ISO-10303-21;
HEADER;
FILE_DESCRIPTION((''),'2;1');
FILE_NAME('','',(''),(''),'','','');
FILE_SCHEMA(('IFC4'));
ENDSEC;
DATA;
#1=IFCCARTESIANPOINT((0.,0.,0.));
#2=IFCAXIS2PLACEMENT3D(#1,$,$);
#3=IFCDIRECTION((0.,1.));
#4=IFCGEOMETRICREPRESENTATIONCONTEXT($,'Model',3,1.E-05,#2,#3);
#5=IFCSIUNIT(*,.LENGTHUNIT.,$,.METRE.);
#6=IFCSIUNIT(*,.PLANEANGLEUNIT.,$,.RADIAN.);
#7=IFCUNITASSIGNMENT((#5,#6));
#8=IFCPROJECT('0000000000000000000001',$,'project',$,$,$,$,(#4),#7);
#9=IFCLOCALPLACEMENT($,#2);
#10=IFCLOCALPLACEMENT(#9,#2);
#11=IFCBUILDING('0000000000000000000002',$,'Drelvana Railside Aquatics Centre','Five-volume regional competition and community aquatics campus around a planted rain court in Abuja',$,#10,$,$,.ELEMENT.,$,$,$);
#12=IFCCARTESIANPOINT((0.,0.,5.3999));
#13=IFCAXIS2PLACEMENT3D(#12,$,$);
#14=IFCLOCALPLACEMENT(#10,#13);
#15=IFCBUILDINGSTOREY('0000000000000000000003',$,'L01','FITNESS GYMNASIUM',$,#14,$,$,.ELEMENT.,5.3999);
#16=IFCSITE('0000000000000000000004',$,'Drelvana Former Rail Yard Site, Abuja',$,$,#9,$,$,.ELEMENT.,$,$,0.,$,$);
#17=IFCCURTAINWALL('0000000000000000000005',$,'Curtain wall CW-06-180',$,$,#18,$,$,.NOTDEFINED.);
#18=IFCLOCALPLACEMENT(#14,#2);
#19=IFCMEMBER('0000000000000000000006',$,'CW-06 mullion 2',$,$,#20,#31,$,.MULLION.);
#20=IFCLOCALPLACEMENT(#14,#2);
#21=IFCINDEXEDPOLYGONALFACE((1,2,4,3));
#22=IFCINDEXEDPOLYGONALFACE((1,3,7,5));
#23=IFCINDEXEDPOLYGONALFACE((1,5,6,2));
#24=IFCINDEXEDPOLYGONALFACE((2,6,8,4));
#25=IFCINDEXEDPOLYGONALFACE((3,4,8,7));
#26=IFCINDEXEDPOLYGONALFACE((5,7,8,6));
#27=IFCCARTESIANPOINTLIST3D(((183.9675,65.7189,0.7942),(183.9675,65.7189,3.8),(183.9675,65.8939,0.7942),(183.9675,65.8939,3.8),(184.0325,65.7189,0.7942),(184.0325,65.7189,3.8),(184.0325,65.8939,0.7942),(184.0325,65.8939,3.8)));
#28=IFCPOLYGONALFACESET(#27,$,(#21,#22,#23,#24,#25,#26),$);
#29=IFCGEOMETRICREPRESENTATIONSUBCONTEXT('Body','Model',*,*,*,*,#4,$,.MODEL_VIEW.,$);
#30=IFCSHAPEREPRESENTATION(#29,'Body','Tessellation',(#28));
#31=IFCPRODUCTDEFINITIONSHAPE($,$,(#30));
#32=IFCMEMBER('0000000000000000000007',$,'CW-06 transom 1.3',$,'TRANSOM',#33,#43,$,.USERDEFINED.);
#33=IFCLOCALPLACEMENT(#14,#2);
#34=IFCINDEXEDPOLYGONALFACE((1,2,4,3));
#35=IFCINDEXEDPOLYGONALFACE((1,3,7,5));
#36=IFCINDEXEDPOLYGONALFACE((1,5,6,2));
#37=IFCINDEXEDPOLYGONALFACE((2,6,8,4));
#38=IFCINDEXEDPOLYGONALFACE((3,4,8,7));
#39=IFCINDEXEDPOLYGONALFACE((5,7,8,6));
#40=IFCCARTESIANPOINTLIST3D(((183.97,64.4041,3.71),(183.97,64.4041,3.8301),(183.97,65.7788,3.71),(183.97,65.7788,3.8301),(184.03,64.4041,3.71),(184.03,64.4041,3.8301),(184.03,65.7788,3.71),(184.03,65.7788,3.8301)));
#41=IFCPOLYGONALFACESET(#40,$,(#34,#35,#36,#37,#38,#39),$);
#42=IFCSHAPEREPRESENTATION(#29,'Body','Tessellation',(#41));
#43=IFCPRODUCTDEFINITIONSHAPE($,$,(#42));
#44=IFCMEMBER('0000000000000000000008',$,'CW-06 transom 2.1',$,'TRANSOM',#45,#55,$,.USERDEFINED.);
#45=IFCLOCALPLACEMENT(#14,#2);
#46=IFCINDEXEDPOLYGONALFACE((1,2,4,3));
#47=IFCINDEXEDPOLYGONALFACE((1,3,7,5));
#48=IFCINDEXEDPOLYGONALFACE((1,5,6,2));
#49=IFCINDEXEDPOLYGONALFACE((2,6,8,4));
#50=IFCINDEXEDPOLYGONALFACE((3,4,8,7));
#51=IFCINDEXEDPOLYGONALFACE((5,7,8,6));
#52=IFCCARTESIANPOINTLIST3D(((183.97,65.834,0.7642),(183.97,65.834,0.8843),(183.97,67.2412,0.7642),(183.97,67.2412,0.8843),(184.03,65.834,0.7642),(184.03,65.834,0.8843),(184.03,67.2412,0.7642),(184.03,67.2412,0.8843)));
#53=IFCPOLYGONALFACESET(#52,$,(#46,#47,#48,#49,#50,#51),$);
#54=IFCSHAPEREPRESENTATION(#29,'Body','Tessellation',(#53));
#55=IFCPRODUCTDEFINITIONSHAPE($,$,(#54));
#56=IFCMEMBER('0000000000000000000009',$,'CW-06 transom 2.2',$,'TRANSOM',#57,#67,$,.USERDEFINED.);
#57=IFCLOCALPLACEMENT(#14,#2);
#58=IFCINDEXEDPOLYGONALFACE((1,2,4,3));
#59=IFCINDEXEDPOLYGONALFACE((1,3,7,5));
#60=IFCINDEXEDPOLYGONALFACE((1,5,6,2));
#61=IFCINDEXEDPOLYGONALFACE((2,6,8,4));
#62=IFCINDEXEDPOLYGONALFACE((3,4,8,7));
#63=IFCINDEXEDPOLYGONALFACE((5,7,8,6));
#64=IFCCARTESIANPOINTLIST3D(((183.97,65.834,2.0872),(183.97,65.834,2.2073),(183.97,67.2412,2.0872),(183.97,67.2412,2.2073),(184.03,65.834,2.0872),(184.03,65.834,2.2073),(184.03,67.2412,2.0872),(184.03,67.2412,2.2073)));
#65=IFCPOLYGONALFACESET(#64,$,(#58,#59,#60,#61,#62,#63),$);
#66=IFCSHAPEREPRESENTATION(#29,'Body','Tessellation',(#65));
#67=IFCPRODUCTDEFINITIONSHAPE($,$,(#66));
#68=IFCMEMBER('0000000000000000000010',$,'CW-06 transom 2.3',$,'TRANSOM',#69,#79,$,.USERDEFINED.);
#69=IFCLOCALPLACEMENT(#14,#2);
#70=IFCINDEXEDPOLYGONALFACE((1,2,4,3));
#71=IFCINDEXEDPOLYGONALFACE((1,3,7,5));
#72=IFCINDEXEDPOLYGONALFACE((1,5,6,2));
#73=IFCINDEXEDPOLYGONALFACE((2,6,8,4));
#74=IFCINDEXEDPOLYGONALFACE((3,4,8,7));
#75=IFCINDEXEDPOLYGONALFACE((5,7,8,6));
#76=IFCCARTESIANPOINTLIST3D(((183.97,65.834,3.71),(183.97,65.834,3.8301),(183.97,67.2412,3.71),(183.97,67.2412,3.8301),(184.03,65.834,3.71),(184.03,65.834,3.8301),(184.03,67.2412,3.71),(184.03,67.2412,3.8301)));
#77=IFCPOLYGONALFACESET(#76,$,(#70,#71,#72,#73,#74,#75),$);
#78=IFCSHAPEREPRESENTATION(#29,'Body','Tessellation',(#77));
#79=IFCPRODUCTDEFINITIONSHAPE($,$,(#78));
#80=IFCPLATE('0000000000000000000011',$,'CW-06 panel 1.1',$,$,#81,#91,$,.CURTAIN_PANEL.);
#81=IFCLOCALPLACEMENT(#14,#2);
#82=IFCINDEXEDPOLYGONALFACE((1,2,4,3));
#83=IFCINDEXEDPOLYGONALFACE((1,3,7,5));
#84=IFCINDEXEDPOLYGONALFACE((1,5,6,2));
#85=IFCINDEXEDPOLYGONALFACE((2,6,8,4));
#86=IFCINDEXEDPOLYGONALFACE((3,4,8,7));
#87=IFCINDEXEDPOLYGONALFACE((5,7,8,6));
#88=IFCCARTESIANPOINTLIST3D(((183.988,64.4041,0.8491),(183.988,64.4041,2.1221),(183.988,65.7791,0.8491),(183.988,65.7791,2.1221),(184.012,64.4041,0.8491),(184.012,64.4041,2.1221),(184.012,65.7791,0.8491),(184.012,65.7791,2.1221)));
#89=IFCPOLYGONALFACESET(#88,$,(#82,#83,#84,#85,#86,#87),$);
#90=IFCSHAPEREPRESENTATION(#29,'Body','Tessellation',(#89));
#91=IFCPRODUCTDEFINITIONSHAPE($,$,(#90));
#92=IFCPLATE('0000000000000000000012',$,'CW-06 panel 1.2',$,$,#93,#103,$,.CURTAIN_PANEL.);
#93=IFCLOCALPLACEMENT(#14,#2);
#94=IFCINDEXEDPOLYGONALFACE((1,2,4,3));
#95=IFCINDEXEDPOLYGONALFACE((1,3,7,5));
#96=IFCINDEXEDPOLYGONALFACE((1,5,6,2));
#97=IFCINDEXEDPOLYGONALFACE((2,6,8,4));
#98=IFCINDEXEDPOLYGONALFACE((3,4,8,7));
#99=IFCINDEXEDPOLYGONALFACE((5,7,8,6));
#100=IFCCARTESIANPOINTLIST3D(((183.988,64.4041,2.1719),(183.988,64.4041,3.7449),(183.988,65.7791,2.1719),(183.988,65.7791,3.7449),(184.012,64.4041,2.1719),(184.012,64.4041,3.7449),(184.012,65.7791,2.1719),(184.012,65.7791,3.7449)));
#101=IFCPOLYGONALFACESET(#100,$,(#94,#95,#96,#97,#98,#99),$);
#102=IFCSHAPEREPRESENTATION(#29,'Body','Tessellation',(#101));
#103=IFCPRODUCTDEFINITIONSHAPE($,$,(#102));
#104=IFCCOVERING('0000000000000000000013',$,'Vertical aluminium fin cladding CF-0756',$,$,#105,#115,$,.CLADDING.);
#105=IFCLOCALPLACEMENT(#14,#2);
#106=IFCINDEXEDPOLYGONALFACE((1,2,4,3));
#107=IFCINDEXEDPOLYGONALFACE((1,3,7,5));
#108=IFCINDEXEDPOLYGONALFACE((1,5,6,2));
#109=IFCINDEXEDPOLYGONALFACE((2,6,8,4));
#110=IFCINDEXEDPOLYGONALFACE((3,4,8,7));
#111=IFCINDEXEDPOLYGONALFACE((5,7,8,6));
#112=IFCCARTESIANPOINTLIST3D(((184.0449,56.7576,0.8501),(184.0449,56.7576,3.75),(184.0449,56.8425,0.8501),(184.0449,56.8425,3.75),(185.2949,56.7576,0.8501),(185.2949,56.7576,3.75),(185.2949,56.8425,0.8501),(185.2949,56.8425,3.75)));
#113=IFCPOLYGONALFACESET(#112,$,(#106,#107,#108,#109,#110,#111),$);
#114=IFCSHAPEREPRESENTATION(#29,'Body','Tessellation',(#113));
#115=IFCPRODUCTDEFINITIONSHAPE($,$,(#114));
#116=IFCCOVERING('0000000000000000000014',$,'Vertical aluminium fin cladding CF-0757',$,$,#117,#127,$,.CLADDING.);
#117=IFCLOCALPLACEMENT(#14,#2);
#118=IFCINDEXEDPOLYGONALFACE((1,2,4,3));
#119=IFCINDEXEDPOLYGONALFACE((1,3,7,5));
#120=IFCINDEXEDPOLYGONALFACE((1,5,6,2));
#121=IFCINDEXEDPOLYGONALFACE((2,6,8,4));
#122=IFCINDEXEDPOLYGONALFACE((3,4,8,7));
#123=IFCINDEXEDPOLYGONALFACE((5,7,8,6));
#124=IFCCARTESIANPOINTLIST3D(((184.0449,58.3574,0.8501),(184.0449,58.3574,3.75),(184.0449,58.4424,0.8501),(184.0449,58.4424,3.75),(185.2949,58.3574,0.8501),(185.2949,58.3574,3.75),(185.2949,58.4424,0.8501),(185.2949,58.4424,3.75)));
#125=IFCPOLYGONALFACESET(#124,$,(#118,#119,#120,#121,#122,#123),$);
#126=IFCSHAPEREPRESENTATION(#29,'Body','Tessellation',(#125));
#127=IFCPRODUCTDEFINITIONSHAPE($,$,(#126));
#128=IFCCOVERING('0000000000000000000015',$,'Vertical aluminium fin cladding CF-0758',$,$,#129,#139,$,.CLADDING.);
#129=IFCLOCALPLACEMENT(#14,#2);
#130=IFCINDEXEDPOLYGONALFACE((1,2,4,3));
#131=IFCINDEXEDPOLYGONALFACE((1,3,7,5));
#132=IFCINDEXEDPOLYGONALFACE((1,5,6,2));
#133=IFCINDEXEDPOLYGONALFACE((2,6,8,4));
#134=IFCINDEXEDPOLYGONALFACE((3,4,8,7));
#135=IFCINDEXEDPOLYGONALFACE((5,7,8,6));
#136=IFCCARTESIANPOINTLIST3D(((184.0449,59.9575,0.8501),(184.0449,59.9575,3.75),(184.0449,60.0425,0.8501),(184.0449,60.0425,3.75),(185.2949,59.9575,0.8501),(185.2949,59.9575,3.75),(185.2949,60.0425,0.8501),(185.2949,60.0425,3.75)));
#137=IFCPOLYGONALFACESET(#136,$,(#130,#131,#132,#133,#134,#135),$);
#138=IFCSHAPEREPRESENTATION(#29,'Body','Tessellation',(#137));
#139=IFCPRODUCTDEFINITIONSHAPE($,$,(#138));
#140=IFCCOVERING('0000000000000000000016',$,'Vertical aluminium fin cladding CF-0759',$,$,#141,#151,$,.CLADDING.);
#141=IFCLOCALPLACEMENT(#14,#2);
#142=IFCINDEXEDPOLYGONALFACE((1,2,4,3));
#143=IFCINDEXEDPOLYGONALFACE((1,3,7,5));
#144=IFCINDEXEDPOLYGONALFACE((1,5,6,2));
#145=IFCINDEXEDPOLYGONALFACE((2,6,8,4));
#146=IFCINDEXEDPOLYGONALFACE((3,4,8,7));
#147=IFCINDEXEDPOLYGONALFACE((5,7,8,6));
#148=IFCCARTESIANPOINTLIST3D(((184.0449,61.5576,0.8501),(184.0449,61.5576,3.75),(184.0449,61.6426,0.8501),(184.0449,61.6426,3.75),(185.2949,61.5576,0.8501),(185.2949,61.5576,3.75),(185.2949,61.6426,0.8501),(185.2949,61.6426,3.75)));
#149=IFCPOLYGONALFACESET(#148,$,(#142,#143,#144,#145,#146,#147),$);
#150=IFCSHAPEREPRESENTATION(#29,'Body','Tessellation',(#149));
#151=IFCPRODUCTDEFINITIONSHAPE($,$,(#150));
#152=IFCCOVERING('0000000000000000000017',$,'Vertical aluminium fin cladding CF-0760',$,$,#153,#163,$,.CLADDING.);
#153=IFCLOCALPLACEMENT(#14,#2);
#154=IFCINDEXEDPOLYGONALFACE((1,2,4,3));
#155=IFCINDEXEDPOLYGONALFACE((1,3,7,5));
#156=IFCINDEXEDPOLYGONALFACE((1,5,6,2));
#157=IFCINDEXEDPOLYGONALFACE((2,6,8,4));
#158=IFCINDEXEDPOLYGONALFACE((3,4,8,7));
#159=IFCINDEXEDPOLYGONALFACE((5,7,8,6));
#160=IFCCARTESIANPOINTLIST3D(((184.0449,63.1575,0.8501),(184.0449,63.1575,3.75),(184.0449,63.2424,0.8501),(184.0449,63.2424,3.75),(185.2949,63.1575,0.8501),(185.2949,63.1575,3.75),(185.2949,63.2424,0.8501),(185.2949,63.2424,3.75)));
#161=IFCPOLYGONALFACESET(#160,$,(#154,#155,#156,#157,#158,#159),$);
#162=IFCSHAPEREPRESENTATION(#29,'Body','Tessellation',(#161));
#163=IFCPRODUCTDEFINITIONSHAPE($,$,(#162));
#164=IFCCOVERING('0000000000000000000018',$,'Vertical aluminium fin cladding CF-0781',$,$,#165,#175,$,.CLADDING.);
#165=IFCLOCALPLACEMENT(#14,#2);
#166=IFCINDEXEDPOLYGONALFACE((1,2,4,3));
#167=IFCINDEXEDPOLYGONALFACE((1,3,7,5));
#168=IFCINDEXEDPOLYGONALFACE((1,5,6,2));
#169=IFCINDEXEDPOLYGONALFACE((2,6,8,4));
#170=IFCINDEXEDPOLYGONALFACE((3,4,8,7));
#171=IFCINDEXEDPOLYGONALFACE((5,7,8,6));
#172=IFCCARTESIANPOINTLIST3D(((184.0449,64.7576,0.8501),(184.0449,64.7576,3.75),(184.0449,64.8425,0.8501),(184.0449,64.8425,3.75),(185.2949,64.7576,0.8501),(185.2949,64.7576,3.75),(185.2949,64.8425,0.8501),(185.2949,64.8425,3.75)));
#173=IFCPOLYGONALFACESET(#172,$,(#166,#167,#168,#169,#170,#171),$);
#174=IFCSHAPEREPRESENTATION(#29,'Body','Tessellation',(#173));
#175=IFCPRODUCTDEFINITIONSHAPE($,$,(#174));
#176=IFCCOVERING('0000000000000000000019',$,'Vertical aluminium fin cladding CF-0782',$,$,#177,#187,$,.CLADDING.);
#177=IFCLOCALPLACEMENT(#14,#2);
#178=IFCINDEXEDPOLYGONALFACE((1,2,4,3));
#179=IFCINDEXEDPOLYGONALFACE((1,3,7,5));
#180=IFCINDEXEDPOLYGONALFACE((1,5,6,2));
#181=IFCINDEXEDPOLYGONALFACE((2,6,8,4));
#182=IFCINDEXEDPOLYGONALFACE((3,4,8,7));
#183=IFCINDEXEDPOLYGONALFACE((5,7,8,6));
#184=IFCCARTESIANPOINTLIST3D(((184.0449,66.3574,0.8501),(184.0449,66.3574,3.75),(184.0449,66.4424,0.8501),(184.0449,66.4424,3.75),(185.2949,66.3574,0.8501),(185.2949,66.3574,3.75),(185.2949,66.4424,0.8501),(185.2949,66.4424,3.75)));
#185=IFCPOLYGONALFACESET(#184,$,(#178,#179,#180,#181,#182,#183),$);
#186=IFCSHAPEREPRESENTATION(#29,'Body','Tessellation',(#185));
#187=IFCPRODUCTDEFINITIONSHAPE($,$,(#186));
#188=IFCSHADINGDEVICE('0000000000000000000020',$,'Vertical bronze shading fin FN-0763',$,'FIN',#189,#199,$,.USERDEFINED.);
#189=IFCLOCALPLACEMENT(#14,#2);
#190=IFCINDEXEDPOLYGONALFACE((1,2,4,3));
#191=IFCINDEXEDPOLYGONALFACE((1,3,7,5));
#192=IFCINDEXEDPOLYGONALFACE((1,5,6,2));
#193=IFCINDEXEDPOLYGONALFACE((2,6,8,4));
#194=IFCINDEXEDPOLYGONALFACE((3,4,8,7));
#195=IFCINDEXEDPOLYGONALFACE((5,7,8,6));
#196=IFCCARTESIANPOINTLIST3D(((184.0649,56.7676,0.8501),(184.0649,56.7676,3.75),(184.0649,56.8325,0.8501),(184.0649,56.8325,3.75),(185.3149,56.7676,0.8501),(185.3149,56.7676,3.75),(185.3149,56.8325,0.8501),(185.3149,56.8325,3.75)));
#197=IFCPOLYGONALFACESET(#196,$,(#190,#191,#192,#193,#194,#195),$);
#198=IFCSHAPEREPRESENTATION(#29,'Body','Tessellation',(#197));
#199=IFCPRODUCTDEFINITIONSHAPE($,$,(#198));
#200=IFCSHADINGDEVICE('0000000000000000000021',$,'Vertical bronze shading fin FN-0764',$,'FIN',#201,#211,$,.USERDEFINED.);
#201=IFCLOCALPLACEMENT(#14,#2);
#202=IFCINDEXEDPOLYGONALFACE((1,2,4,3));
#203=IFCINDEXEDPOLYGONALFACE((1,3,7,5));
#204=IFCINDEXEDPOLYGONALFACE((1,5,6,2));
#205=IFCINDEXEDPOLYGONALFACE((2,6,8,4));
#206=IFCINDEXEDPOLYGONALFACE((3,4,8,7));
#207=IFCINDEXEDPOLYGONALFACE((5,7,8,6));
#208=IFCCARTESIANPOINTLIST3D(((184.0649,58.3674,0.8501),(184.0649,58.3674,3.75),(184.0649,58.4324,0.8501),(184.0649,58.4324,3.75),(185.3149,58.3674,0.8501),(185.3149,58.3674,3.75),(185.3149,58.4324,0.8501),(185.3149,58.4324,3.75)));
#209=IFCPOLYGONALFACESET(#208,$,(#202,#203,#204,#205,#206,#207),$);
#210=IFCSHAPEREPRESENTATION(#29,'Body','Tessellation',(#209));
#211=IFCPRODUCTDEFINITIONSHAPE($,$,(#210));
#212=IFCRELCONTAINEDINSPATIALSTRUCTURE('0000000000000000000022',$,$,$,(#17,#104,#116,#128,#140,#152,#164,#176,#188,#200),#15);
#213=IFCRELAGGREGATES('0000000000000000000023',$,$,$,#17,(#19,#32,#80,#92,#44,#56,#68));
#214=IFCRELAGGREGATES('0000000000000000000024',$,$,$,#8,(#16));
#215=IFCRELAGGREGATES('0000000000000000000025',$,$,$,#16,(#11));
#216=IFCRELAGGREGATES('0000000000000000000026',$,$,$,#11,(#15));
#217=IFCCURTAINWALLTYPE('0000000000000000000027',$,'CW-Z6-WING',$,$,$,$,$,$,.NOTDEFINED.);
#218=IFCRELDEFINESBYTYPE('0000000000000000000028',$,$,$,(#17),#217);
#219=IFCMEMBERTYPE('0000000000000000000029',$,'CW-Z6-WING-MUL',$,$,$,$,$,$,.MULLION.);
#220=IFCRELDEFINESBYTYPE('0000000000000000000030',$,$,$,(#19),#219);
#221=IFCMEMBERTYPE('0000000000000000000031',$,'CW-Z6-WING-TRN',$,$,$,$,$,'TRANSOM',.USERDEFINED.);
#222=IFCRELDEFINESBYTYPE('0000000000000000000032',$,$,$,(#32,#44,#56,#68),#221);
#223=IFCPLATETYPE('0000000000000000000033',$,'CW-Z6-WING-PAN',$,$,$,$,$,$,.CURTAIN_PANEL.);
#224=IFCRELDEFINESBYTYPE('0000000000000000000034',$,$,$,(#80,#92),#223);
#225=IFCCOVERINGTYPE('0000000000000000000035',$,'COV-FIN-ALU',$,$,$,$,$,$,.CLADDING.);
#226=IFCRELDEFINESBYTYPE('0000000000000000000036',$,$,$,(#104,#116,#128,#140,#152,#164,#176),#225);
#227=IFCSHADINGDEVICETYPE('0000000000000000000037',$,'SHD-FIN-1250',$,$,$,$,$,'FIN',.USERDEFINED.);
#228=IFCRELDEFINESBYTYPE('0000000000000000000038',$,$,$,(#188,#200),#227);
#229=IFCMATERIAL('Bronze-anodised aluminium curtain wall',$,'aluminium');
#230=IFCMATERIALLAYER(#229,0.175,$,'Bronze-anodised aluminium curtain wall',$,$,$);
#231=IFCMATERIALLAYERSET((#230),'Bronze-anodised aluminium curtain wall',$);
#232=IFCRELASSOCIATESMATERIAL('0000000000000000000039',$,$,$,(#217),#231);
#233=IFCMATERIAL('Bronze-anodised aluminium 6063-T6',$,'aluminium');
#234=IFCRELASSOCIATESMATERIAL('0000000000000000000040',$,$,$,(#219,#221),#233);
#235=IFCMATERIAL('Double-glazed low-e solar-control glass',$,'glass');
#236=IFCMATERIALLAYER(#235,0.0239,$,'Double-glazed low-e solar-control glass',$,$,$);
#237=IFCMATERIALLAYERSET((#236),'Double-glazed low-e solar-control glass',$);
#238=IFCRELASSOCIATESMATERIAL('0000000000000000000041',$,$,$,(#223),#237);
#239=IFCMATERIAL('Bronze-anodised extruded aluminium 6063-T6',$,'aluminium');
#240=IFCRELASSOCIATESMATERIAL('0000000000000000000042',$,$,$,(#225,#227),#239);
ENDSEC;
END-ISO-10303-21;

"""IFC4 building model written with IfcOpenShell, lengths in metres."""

from ifc_helpers import new_model, si_unit, direction, frame, origin, origin_2d, place, context, subcontext, project, spatial, rectangle, extrude, material, layer, layer_set, material_profile, profile_set, type_object, element, aggregate, save


model = new_model("IFC4")

# Units and contexts
model_context = context("Model", 3, precision=1e-05, world=origin(), true_north=direction((0.0, 1.0)))
body_context = subcontext(model_context, "Body", "Model", "MODEL_VIEW")
ifc_project = project(units=[si_unit("LENGTHUNIT", "METRE"), si_unit("PLANEANGLEUNIT", "RADIAN")], contexts=[model_context])

# Site, building, storey
site_placement = place(None, origin())
site = spatial("IfcSite", under=ifc_project, at=site_placement, Name="Drelvana Former Rail Yard Site, Abuja", CompositionType="ELEMENT", RefElevation=0.0)
building_placement = place(site_placement, origin())
building = spatial("IfcBuilding", under=site, at=building_placement, Name="Drelvana Railside Aquatics Centre", Description="Five-volume regional competition and community aquatics campus around a planted rain court in Abuja", CompositionType="ELEMENT")
storey_placement = place(building_placement, frame((0.0, 0.0, 5.3999)))
storey = spatial("IfcBuildingStorey", under=building, at=storey_placement, Name="L01", Description="FITNESS GYMNASIUM", CompositionType="ELEMENT", Elevation=5.3999)

# Curtain wall, members, plates
ifc_material_1 = material(Name="Bronze-anodised aluminium curtain wall", Category="aluminium")
ifc_layer_1 = layer(ifc_material_1, 0.175, Name="Bronze-anodised aluminium curtain wall")
ifc_layer_set_1 = layer_set([ifc_layer_1], Name="Bronze-anodised aluminium curtain wall")
curtain_wall_type = type_object("IfcCurtainWallType", Name="CW-Z6-WING", PredefinedType="NOTDEFINED", material=ifc_layer_set_1)
curtain_wall_placement = place(storey_placement, origin())
curtain_wall = element("IfcCurtainWall", 1, at=curtain_wall_placement, inside=storey, type_object=curtain_wall_type, Name="Curtain wall CW-06-180", PredefinedType="NOTDEFINED")
ifc_material_2 = material(Name="Bronze-anodised aluminium 6063-T6", Category="aluminium")
ifc_material_profile_1 = material_profile(ifc_material_2, rectangle(XDim=0.0649, YDim=0.175, at=origin_2d()), Name="ALU-M 65x175")
ifc_profile_set_1 = profile_set([ifc_material_profile_1], Name="Bronze-anodised aluminium 6063-T6")
member_type_1 = type_object("IfcMemberType", Name="CW-Z6-WING-MUL", PredefinedType="MULLION", material=ifc_profile_set_1)
member_1_placement = place(storey_placement, frame((184.0, 65.8064, 0.7942), z_axis=(0.0, 0.0, 1.0), x_axis=(-1.0, 0.0, 0.0)))
member_1 = element("IfcMember", 2, at=member_1_placement, type_object=member_type_1, Name="CW-06 mullion 2", PredefinedType="MULLION", context=body_context, shape_type="SweptSolid", body=[
    extrude(rectangle(XDim=0.0649, YDim=0.175, at=origin_2d()), origin(), (0.0, 0.0, 1.0), 3.0059),
])
ifc_material_profile_2 = material_profile(ifc_material_2, rectangle(XDim=0.1201, YDim=0.0601, at=origin_2d()), Name="ALU-T 60x120")
ifc_profile_set_2 = profile_set([ifc_material_profile_2], Name="Bronze-anodised aluminium 6063-T6")
member_type_2 = type_object("IfcMemberType", Name="CW-Z6-WING-TRN", ElementType="TRANSOM", PredefinedType="USERDEFINED", material=ifc_profile_set_2)
member_2_placement = place(storey_placement, frame((184.0, 64.4041, 3.77), z_axis=(0.0, 1.0, 0.0), x_axis=(0.0, 0.0, 1.0)))
member_2 = element("IfcMember", 3, at=member_2_placement, type_object=member_type_2, Name="CW-06 transom 1.3", ObjectType="TRANSOM", PredefinedType="USERDEFINED", context=body_context, shape_type="SweptSolid", body=[
    extrude(rectangle(XDim=0.1201, YDim=0.0601, at=origin_2d()), origin(), (0.0, 0.0, 1.0), 1.3748),
])
member_3_placement = place(storey_placement, frame((184.0, 65.834, 0.8242), z_axis=(0.0, 1.0, 0.0), x_axis=(0.0, 0.0, 1.0)))
member_3 = element("IfcMember", 4, at=member_3_placement, type_object=member_type_2, Name="CW-06 transom 2.1", ObjectType="TRANSOM", PredefinedType="USERDEFINED", context=body_context, shape_type="SweptSolid", body=[
    extrude(rectangle(XDim=0.1201, YDim=0.0601, at=origin_2d()), origin(), (0.0, 0.0, 1.0), 1.4072),
])
member_4_placement = place(storey_placement, frame((184.0, 65.834, 2.1472), z_axis=(0.0, 1.0, 0.0), x_axis=(0.0, 0.0, 1.0)))
member_4 = element("IfcMember", 5, at=member_4_placement, type_object=member_type_2, Name="CW-06 transom 2.2", ObjectType="TRANSOM", PredefinedType="USERDEFINED", context=body_context, shape_type="SweptSolid", body=[
    extrude(rectangle(XDim=0.1201, YDim=0.0601, at=origin_2d()), origin(), (0.0, 0.0, 1.0), 1.4072),
])
member_5_placement = place(storey_placement, frame((184.0, 65.834, 3.77), z_axis=(0.0, 1.0, 0.0), x_axis=(0.0, 0.0, 1.0)))
member_5 = element("IfcMember", 6, at=member_5_placement, type_object=member_type_2, Name="CW-06 transom 2.3", ObjectType="TRANSOM", PredefinedType="USERDEFINED", context=body_context, shape_type="SweptSolid", body=[
    extrude(rectangle(XDim=0.1201, YDim=0.0601, at=origin_2d()), origin(), (0.0, 0.0, 1.0), 1.4072),
])
ifc_material_3 = material(Name="Double-glazed low-e solar-control glass", Category="glass")
ifc_layer_2 = layer(ifc_material_3, 0.0239, Name="Double-glazed low-e solar-control glass")
ifc_layer_set_2 = layer_set([ifc_layer_2], Name="Double-glazed low-e solar-control glass")
plate_type = type_object("IfcPlateType", Name="CW-Z6-WING-PAN", PredefinedType="CURTAIN_PANEL", material=ifc_layer_set_2)
plate_1_placement = place(storey_placement, frame((184.0, 65.0916, 0.8491), z_axis=(0.0, 0.0, 1.0), x_axis=(0.0, 1.0, 0.0)))
plate_1 = element("IfcPlate", 7, at=plate_1_placement, type_object=plate_type, Name="CW-06 panel 1.1", PredefinedType="CURTAIN_PANEL", context=body_context, shape_type="SweptSolid", body=[
    extrude(rectangle(XDim=1.375, YDim=0.0239, at=origin_2d()), origin(), (0.0, 0.0, 1.0), 1.2729),
])
plate_2_placement = place(storey_placement, frame((184.0, 65.0916, 2.1719), z_axis=(0.0, 0.0, 1.0), x_axis=(0.0, 1.0, 0.0)))
plate_2 = element("IfcPlate", 8, at=plate_2_placement, type_object=plate_type, Name="CW-06 panel 1.2", PredefinedType="CURTAIN_PANEL", context=body_context, shape_type="SweptSolid", body=[
    extrude(rectangle(XDim=1.375, YDim=0.0239, at=origin_2d()), origin(), (0.0, 0.0, 1.0), 1.573),
])
aggregate(curtain_wall, [member_1, member_2, plate_1, plate_2, member_3, member_4, member_5])

# Coverings
ifc_material_4 = material(Name="Bronze-anodised extruded aluminium 6063-T6", Category="aluminium")
covering_type = type_object("IfcCoveringType", Name="COV-FIN-ALU", PredefinedType="CLADDING", material=ifc_material_4)
for number, where, z_axis, x_axis, name in (
    (9, (184.6699, 56.8, 0.8501), (0.0, 0.0, 1.0), (0.0, -1.0, 0.0), "Vertical aluminium fin cladding CF-0756"),
    (10, (184.6699, 58.3999, 0.8501), (0.0, 0.0, 1.0), (0.0, -1.0, 0.0), "Vertical aluminium fin cladding CF-0757"),
    (11, (184.6699, 60.0, 0.8501), (0.0, 0.0, 1.0), (0.0, -1.0, 0.0), "Vertical aluminium fin cladding CF-0758"),
    (12, (184.6699, 61.6001, 0.8501), (0.0, 0.0, 1.0), (0.0, -1.0, 0.0), "Vertical aluminium fin cladding CF-0759"),
    (13, (184.6699, 63.2, 0.8501), (0.0, 0.0, 1.0), (0.0, -1.0, 0.0), "Vertical aluminium fin cladding CF-0760"),
    (14, (184.6699, 64.8, 0.8501), (0.0, 0.0, 1.0), (0.0, -1.0, 0.0), "Vertical aluminium fin cladding CF-0781"),
    (15, (184.6699, 66.3999, 0.8501), (0.0, 0.0, 1.0), (0.0, -1.0, 0.0), "Vertical aluminium fin cladding CF-0782"),
):
    element("IfcCovering", number, at=place(storey_placement, frame(where, z_axis=z_axis, x_axis=x_axis)), inside=storey, type_object=covering_type, Name=name, PredefinedType="CLADDING", context=body_context, shape_type="SweptSolid", body=[
        extrude(rectangle(XDim=0.085, YDim=1.25, at=origin_2d()), origin(), (0.0, 0.0, 1.0), 2.8999),
    ])

# Shading devices
shading_device_type = type_object("IfcShadingDeviceType", Name="SHD-FIN-1250", ElementType="FIN", PredefinedType="USERDEFINED", material=ifc_material_4)
for number, where, z_axis, x_axis, name in (
    (16, (184.6899, 56.8, 0.8501), (0.0, 0.0, 1.0), (1.0, 0.0, 0.0), "Vertical bronze shading fin FN-0763"),
    (17, (184.6899, 58.3999, 0.8501), (0.0, 0.0, 1.0), (1.0, 0.0, 0.0), "Vertical bronze shading fin FN-0764"),
):
    element("IfcShadingDevice", number, at=place(storey_placement, frame(where, z_axis=z_axis, x_axis=x_axis)), inside=storey, type_object=shading_device_type, Name=name, ObjectType="FIN", PredefinedType="USERDEFINED", context=body_context, shape_type="SweptSolid", body=[
        extrude(rectangle(XDim=1.25, YDim=0.0649, at=origin_2d()), origin(), (0.0, 0.0, 1.0), 2.8999),
    ])

save(model, "model.ifc")
